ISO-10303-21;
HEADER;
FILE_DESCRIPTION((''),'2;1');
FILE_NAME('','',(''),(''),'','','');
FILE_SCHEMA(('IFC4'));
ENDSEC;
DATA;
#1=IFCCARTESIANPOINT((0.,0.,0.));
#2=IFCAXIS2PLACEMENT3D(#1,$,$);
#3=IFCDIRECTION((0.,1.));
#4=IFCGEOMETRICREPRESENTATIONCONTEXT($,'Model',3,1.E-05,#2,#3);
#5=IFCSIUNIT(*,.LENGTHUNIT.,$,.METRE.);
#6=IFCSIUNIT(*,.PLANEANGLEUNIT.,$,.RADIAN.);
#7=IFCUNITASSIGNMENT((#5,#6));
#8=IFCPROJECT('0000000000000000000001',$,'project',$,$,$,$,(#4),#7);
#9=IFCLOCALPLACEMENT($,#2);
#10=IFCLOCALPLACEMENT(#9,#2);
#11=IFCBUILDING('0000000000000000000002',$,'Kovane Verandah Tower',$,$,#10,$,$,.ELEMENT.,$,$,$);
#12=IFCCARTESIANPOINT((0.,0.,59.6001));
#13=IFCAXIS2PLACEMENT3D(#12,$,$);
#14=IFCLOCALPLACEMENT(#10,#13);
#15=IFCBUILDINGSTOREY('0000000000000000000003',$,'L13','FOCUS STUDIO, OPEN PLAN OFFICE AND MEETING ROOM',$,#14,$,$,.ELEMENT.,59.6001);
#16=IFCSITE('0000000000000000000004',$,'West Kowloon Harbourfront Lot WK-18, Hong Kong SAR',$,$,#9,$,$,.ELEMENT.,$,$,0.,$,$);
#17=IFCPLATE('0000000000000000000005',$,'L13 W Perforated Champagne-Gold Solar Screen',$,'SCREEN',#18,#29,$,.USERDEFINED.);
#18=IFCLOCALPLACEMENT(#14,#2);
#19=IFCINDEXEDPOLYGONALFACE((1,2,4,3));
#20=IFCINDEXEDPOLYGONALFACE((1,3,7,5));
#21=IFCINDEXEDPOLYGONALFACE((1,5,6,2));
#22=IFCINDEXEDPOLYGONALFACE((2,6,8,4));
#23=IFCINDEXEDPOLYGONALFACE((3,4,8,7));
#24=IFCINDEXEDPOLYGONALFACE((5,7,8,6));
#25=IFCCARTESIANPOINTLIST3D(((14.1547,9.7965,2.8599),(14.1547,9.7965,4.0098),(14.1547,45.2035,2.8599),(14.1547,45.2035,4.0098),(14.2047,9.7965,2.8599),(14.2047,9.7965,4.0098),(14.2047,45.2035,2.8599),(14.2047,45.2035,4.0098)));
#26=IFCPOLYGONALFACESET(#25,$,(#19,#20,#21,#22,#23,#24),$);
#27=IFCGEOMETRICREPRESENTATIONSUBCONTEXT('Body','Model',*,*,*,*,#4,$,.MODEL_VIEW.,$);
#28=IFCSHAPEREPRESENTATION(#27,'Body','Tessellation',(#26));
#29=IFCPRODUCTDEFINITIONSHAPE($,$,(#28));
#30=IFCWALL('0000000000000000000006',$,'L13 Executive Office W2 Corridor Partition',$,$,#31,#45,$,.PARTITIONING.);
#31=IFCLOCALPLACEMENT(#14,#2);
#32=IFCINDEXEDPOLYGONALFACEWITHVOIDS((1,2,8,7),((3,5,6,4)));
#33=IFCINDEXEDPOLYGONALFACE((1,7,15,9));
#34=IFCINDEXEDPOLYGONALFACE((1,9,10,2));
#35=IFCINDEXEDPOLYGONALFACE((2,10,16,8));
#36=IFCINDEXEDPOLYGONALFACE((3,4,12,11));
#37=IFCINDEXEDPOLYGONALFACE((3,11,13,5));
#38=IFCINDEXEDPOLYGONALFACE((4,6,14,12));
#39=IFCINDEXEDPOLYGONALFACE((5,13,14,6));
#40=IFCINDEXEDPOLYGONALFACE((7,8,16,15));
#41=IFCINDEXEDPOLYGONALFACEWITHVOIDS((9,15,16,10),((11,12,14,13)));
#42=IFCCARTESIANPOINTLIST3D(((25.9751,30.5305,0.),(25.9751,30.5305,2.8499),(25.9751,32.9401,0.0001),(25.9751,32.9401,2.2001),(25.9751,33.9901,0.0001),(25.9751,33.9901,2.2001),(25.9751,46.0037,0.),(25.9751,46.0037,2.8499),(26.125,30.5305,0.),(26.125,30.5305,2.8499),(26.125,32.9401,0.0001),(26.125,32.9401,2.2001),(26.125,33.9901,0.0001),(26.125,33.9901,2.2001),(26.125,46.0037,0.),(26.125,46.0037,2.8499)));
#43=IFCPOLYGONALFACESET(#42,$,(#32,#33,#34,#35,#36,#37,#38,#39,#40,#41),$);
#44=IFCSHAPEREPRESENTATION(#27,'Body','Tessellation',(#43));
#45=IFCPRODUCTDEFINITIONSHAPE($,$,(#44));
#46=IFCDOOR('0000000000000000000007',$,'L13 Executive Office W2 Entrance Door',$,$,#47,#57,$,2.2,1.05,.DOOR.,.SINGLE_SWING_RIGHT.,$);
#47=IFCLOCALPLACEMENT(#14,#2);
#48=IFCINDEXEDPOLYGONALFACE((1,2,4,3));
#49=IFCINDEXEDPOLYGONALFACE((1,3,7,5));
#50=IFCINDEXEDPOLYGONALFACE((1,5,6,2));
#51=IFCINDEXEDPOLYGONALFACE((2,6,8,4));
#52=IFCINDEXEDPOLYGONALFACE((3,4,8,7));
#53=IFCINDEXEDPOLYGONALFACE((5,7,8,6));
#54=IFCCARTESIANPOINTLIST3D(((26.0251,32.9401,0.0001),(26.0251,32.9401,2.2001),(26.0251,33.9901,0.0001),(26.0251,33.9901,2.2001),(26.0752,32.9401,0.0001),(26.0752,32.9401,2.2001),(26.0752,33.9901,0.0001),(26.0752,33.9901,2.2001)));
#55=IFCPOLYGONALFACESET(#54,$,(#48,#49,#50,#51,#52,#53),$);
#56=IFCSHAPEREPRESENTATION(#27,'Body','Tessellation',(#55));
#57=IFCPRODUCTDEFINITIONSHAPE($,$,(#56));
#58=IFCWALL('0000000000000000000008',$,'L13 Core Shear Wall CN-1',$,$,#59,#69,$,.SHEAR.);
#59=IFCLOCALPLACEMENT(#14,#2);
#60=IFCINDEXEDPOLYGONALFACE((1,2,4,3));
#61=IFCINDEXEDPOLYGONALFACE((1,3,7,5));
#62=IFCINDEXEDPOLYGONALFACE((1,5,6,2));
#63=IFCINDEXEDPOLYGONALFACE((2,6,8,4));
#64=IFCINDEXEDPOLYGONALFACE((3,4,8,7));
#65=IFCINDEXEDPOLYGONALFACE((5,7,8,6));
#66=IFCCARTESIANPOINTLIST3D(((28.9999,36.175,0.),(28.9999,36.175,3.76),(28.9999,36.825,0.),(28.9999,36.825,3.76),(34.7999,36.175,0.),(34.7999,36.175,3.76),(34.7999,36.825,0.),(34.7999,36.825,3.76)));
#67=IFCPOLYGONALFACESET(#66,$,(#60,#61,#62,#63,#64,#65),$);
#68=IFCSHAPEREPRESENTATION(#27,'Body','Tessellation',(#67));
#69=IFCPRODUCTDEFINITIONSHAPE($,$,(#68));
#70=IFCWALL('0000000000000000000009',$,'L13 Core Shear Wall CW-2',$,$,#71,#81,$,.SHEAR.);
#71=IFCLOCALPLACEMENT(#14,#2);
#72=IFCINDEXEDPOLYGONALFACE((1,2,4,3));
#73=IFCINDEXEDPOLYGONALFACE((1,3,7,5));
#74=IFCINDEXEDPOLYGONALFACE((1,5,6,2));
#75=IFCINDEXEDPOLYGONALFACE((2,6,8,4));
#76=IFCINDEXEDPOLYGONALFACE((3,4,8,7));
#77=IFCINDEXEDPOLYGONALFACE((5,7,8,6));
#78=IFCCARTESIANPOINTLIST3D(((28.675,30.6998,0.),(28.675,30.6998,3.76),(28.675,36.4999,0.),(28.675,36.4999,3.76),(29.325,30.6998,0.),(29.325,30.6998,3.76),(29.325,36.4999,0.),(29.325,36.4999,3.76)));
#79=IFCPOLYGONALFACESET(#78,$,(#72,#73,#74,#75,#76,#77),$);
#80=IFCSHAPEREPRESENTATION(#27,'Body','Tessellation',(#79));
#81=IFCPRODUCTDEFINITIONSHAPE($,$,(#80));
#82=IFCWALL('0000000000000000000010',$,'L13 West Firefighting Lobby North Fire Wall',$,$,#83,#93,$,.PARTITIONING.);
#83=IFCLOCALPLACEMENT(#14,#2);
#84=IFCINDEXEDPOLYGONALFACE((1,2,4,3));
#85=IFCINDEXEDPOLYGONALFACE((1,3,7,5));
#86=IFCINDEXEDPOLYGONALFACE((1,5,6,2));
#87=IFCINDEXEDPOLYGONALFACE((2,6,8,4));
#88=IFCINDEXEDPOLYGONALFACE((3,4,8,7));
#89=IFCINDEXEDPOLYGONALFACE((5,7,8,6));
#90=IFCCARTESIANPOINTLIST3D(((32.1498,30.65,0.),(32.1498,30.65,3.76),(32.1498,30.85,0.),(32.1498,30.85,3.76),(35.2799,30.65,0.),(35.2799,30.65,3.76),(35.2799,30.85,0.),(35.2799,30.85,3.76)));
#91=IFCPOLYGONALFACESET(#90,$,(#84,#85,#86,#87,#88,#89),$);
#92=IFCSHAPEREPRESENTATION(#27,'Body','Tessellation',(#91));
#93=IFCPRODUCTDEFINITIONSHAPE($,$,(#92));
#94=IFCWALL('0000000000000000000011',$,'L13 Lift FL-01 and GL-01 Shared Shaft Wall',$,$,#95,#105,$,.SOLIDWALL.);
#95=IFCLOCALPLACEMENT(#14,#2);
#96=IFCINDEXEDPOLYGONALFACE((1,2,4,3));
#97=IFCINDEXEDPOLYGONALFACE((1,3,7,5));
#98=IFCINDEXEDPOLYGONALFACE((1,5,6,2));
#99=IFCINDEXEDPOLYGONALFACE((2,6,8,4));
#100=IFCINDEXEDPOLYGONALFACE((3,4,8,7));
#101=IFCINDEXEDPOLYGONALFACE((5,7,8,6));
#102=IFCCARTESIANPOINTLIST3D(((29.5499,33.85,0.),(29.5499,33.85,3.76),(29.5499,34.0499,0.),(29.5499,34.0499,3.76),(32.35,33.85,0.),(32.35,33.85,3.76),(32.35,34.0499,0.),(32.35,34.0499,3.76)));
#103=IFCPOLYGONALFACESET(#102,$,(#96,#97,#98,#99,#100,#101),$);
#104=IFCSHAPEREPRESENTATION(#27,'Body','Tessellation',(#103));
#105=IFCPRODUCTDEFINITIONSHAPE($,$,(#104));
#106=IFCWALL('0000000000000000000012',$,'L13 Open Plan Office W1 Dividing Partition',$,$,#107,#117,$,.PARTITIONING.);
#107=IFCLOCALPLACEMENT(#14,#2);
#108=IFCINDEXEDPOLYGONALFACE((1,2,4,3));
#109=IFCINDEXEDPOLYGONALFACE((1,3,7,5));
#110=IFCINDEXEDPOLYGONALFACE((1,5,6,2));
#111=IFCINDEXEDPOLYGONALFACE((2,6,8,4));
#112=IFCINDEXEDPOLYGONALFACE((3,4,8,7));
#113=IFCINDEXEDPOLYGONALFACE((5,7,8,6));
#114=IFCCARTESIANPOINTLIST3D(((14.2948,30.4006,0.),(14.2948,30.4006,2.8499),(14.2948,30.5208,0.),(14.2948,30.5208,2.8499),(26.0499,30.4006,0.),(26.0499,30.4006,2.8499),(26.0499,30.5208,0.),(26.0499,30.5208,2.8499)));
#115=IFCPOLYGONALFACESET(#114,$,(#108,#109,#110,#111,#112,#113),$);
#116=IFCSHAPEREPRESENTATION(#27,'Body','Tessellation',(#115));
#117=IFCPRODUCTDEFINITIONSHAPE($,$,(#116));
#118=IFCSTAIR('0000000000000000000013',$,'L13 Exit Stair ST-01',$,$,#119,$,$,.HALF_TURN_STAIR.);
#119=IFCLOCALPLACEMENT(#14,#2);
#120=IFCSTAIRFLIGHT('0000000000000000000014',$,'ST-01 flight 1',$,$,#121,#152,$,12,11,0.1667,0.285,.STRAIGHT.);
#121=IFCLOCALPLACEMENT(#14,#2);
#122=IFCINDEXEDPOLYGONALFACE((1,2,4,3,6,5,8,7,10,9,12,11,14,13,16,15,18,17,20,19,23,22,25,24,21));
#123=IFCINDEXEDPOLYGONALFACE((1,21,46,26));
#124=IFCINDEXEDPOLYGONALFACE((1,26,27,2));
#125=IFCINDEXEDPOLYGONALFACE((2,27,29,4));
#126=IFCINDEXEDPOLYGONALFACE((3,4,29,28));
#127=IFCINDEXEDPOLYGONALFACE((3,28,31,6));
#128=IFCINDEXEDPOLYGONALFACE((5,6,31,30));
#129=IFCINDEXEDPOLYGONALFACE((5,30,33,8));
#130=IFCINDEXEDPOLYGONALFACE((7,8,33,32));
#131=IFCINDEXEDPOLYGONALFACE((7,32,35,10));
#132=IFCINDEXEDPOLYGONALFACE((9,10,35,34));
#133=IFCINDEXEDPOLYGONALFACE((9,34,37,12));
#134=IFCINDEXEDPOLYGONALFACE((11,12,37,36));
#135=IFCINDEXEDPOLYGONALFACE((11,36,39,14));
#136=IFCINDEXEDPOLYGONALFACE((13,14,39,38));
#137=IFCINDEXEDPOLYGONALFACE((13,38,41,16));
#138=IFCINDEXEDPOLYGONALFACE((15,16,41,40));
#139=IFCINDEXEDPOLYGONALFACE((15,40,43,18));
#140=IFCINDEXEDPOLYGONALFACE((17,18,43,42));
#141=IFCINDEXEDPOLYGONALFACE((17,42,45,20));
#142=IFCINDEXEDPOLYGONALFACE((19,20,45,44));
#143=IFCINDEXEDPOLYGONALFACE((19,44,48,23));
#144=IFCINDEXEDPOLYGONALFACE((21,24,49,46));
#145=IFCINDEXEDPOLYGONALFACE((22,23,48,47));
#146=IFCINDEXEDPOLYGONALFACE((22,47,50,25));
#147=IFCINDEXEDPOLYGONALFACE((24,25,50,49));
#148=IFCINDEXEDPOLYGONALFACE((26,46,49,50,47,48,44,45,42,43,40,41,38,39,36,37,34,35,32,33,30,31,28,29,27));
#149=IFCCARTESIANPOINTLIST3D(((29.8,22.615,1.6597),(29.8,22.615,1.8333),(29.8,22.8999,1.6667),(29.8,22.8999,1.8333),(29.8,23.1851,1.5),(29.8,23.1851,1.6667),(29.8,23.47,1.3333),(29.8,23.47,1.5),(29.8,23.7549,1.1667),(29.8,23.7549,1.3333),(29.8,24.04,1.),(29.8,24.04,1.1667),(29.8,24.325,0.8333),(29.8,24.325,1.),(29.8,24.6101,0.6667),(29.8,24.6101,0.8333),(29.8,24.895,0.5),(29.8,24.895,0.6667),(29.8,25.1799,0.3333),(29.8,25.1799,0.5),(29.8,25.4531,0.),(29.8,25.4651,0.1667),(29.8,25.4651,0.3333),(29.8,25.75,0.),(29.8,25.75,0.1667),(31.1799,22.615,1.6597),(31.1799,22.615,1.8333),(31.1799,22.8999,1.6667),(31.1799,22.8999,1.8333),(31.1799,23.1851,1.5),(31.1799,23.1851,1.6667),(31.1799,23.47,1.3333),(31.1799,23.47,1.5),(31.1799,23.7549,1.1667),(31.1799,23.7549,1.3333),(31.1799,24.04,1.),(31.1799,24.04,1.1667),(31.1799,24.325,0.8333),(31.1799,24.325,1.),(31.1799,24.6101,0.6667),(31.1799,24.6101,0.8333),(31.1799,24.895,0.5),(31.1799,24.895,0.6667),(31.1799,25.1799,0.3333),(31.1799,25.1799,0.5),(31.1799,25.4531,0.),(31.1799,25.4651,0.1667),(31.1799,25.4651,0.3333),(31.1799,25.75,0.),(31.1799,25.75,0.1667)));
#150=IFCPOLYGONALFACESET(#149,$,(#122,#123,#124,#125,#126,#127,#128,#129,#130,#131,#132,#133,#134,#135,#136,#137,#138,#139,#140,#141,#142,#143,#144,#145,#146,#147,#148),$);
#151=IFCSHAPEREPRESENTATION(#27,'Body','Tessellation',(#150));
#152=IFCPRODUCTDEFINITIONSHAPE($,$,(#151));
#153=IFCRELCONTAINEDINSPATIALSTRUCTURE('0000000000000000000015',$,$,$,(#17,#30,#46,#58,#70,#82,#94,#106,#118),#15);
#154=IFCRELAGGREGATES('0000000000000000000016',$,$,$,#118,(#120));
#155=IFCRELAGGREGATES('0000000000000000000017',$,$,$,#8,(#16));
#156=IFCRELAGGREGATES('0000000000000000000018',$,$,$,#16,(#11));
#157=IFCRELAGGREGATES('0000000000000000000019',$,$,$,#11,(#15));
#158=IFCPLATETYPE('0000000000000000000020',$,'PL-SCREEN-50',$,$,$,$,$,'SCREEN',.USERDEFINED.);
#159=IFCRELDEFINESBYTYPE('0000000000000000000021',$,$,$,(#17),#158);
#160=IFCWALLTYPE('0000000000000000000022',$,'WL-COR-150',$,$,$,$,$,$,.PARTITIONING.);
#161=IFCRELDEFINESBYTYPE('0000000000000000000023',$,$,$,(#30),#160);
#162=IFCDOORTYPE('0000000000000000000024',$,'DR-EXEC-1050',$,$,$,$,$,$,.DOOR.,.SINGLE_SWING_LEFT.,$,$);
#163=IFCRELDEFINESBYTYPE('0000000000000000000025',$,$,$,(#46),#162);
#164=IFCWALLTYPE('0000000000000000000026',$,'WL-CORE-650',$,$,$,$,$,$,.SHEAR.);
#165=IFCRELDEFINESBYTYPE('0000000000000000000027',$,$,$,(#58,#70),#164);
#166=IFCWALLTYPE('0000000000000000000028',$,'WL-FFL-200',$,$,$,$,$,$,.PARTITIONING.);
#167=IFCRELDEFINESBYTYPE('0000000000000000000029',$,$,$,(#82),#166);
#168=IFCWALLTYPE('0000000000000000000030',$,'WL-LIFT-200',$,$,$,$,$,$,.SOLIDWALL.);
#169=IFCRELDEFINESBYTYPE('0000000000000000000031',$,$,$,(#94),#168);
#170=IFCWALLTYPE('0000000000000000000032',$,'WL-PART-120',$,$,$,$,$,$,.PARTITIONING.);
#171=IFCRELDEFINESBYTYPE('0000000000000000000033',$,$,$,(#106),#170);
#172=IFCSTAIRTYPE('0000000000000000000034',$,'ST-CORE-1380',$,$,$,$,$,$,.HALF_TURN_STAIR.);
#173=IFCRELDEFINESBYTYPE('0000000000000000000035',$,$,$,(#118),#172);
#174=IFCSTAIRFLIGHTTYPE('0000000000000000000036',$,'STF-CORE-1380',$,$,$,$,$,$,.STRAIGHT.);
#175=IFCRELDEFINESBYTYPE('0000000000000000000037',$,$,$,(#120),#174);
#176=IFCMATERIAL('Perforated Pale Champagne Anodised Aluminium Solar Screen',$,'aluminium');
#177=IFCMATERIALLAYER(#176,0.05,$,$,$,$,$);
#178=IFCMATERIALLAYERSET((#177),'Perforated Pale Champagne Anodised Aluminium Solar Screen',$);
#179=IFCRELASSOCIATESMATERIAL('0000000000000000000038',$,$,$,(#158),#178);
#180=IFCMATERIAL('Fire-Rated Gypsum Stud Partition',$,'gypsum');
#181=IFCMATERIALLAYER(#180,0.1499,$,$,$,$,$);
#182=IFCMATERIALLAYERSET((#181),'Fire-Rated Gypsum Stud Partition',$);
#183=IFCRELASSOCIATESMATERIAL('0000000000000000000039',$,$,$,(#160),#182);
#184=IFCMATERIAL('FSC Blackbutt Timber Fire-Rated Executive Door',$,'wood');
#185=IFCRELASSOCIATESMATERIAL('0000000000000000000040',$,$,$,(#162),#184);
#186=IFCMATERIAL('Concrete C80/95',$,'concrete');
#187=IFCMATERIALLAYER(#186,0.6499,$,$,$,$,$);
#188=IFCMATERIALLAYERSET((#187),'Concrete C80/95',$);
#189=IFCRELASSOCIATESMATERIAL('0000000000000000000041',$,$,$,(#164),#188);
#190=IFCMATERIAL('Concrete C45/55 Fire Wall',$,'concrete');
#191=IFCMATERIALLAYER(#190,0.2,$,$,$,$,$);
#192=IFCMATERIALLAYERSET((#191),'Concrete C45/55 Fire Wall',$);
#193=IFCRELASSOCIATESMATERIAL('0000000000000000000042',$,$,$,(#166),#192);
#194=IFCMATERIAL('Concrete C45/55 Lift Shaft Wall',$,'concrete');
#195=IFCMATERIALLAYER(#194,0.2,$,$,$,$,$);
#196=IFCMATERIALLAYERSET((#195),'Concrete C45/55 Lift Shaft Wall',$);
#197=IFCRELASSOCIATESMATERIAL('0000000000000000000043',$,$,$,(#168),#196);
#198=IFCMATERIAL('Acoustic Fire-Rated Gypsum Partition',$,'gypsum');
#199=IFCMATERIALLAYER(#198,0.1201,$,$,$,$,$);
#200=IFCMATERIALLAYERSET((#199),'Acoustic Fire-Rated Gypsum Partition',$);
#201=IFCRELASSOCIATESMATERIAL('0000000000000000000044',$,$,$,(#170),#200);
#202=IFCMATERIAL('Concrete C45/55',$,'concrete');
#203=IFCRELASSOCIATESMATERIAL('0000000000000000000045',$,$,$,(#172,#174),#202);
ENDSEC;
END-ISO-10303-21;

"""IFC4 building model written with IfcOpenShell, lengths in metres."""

from ifc_helpers import new_model, si_unit, direction, frame, frame_2d, origin, origin_2d, place, context, subcontext, project, spatial, polyline, rectangle, outline, extrude, material, layer, layer_set, type_object, element, fill, aggregate, save


model = new_model("IFC4")

# Units and contexts
model_context = context("Model", 3, precision=1e-05, world=origin(), true_north=direction((0.0, 1.0)))
body_context = subcontext(model_context, "Body", "Model", "MODEL_VIEW")
ifc_project = project(units=[si_unit("LENGTHUNIT", "METRE"), si_unit("PLANEANGLEUNIT", "RADIAN")], contexts=[model_context])

# Site, building, storey
site_placement = place(None, origin())
site = spatial("IfcSite", under=ifc_project, at=site_placement, Name="West Kowloon Harbourfront Lot WK-18, Hong Kong SAR", CompositionType="ELEMENT", RefElevation=0.0)
building_placement = place(site_placement, origin())
building = spatial("IfcBuilding", under=site, at=building_placement, Name="Kovane Verandah Tower", CompositionType="ELEMENT")
storey_placement = place(building_placement, frame((0.0, 0.0, 59.6001)))
storey = spatial("IfcBuildingStorey", under=building, at=storey_placement, Name="L13", Description="FOCUS STUDIO, OPEN PLAN OFFICE AND MEETING ROOM", CompositionType="ELEMENT", Elevation=59.6001)

# Shared definitions
ifc_material_1 = material(Name="Concrete C80/95", Category="concrete")

# Plate
ifc_material_2 = material(Name="Perforated Pale Champagne Anodised Aluminium Solar Screen", Category="aluminium")
ifc_layer_1 = layer(ifc_material_2, 0.05)
ifc_layer_set_1 = layer_set([ifc_layer_1], Name="Perforated Pale Champagne Anodised Aluminium Solar Screen")
plate_type = type_object("IfcPlateType", Name="PL-SCREEN-50", ElementType="SCREEN", PredefinedType="USERDEFINED", material=ifc_layer_set_1)
plate_placement = place(storey_placement, frame((14.1797, 27.5, 2.8599), z_axis=(0.0, 0.0, 1.0), x_axis=(0.0, -1.0, 0.0)))
element("IfcPlate", 1, at=plate_placement, inside=storey, type_object=plate_type, Name="L13 W Perforated Champagne-Gold Solar Screen", ObjectType="SCREEN", PredefinedType="USERDEFINED", context=body_context, shape_type="SweptSolid", body=[
    extrude(rectangle(XDim=35.407, YDim=0.05, at=origin_2d()), origin(), (0.0, 0.0, 1.0), 1.1499),
])

# Wall, opening, door
ifc_material_3 = material(Name="Fire-Rated Gypsum Stud Partition", Category="gypsum")
ifc_layer_2 = layer(ifc_material_3, 0.1499)
ifc_layer_set_2 = layer_set([ifc_layer_2], Name="Fire-Rated Gypsum Stud Partition")
wall_type_1 = type_object("IfcWallType", Name="WL-COR-150", PredefinedType="PARTITIONING", material=ifc_layer_set_2)
wall_1_placement = place(storey_placement, frame((26.05, 30.5305, 0.0), z_axis=(0.0, 0.0, 1.0), x_axis=(0.0, 1.0, 0.0)))
wall_1 = element("IfcWall", 2, at=wall_1_placement, inside=storey, type_object=wall_type_1, Name="L13 Executive Office W2 Corridor Partition", PredefinedType="PARTITIONING", context=body_context, shape_type="SweptSolid", body=[
    extrude(rectangle(XDim=15.4731, YDim=0.1499, at=frame_2d((7.7366, 0.0))), origin(), (0.0, 0.0, 1.0), 2.8499),
])
opening_1_placement = place(wall_1_placement, frame((2.4097, 0.0, 0.0)))
opening_1 = element("IfcOpeningElement", 3, at=opening_1_placement, cuts=wall_1, PredefinedType="OPENING", context=body_context, shape_type="SweptSolid", body=[
    extrude(rectangle(XDim=1.05, YDim=2.2, at=frame_2d((0.5249, 1.1001))), frame((0.0, 0.075, 0.0), z_axis=(0.0, -1.0, 0.0), x_axis=(1.0, 0.0, 0.0)), (0.0, 0.0, 1.0), 0.1499),
])
ifc_material_4 = material(Name="FSC Blackbutt Timber Fire-Rated Executive Door", Category="wood")
door_type_1 = type_object("IfcDoorType", Name="DR-EXEC-1050", OperationType="SINGLE_SWING_LEFT", PredefinedType="DOOR", material=ifc_material_4)
door_1_placement = place(opening_1_placement, origin())
door_1 = element("IfcDoor", 4, at=door_1_placement, inside=storey, type_object=door_type_1, Name="L13 Executive Office W2 Entrance Door", OperationType="SINGLE_SWING_RIGHT", OverallHeight=2.2, OverallWidth=1.05, PredefinedType="DOOR", context=body_context, shape_type="SweptSolid", body=[
    extrude(rectangle(XDim=1.05, YDim=2.2, at=frame_2d((0.5249, 1.1001))), frame((0.0, 0.0249, 0.0), z_axis=(0.0, -1.0, 0.0), x_axis=(1.0, 0.0, 0.0)), (0.0, 0.0, 1.0), 0.05),
])
fill(opening_1, door_1)

# Walls
ifc_layer_3 = layer(ifc_material_1, 0.6499)
ifc_layer_set_3 = layer_set([ifc_layer_3], Name="Concrete C80/95")
wall_type_2 = type_object("IfcWallType", Name="WL-CORE-650", PredefinedType="SHEAR", material=ifc_layer_set_3)
for number, where, z_axis, x_axis, name in (
    (5, (29.0, 36.5, 0.0), (0.0, 0.0, 1.0), (1.0, 0.0, 0.0), "L13 Core Shear Wall CN-1"),
    (6, (29.0, 30.7, 0.0), (0.0, 0.0, 1.0), (0.0, 1.0, 0.0), "L13 Core Shear Wall CW-2"),
):
    element("IfcWall", number, at=place(storey_placement, frame(where, z_axis=z_axis, x_axis=x_axis)), inside=storey, type_object=wall_type_2, Name=name, PredefinedType="SHEAR", context=body_context, shape_type="SweptSolid", body=[
        extrude(rectangle(XDim=5.8, YDim=0.6499, at=frame_2d((2.8999, 0.0))), origin(), (0.0, 0.0, 1.0), 3.76),
    ])

# Shared definitions
ifc_material_5 = material(Name="Concrete C45/55 Fire Wall", Category="concrete")
ifc_layer_4 = layer(ifc_material_5, 0.2)
ifc_layer_set_4 = layer_set([ifc_layer_4], Name="Concrete C45/55 Fire Wall")
wall_type_3 = type_object("IfcWallType", Name="WL-FFL-200", PredefinedType="PARTITIONING", material=ifc_layer_set_4)

# Wall
wall_2_placement = place(storey_placement, frame((32.1499, 30.75, 0.0), z_axis=(0.0, 0.0, 1.0), x_axis=(1.0, 0.0, 0.0)))
element("IfcWall", 7, at=wall_2_placement, inside=storey, type_object=wall_type_3, Name="L13 West Firefighting Lobby North Fire Wall", PredefinedType="PARTITIONING", context=body_context, shape_type="SweptSolid", body=[
    extrude(rectangle(XDim=3.1301, YDim=0.2, at=frame_2d((1.5649, 0.0))), origin(), (0.0, 0.0, 1.0), 3.76),
])

# Shared definitions
ifc_material_6 = material(Name="Concrete C45/55 Lift Shaft Wall", Category="concrete")
ifc_layer_5 = layer(ifc_material_6, 0.2)
ifc_layer_set_5 = layer_set([ifc_layer_5], Name="Concrete C45/55 Lift Shaft Wall")
wall_type_4 = type_object("IfcWallType", Name="WL-LIFT-200", PredefinedType="SOLIDWALL", material=ifc_layer_set_5)

# Walls
wall_3_placement = place(storey_placement, frame((29.55, 33.95, 0.0), z_axis=(0.0, 0.0, 1.0), x_axis=(1.0, 0.0, 0.0)))
element("IfcWall", 8, at=wall_3_placement, inside=storey, type_object=wall_type_4, Name="L13 Lift FL-01 and GL-01 Shared Shaft Wall", PredefinedType="SOLIDWALL", context=body_context, shape_type="SweptSolid", body=[
    extrude(rectangle(XDim=2.8, YDim=0.2, at=frame_2d((1.3999, 0.0))), origin(), (0.0, 0.0, 1.0), 3.76),
])
ifc_material_7 = material(Name="Acoustic Fire-Rated Gypsum Partition", Category="gypsum")
ifc_layer_6 = layer(ifc_material_7, 0.1201)
ifc_layer_set_6 = layer_set([ifc_layer_6], Name="Acoustic Fire-Rated Gypsum Partition")
wall_type_5 = type_object("IfcWallType", Name="WL-PART-120", PredefinedType="PARTITIONING", material=ifc_layer_set_6)
wall_4_placement = place(storey_placement, frame((14.2949, 30.4607, 0.0), z_axis=(0.0, 0.0, 1.0), x_axis=(1.0, 0.0, 0.0)))
element("IfcWall", 9, at=wall_4_placement, inside=storey, type_object=wall_type_5, Name="L13 Open Plan Office W1 Dividing Partition", PredefinedType="PARTITIONING", context=body_context, shape_type="SweptSolid", body=[
    extrude(rectangle(XDim=11.7551, YDim=0.1201, at=frame_2d((5.8774, 0.0))), origin(), (0.0, 0.0, 1.0), 2.8499),
])

# Shared definitions
ifc_material_8 = material(Name="Concrete C45/55", Category="concrete")

# Stair, stair flight
stair_type = type_object("IfcStairType", Name="ST-CORE-1380", PredefinedType="HALF_TURN_STAIR", material=ifc_material_8)
stair_placement = place(storey_placement, origin())
stair = element("IfcStair", 10, at=stair_placement, inside=storey, type_object=stair_type, Name="L13 Exit Stair ST-01", PredefinedType="HALF_TURN_STAIR")
stair_flight_type = type_object("IfcStairFlightType", Name="STF-CORE-1380", PredefinedType="STRAIGHT", material=ifc_material_8)
stair_flight_placement = place(storey_placement, frame((30.49, 25.75, 0.0), z_axis=(0.0, 0.0, 1.0), x_axis=(0.0, -1.0, 0.0)))
stair_flight = element("IfcStairFlight", 11, at=stair_flight_placement, type_object=stair_flight_type, Name="ST-01 flight 1", NumberOfRisers=12, NumberOfTreads=11, PredefinedType="STRAIGHT", RiserHeight=0.1667, TreadLength=0.285, context=body_context, shape_type="SweptSolid", body=[
    extrude(outline(polyline([(0.0, 0.0), (0.0, 0.1667), (0.2849, 0.1667), (0.2849, 0.3333), (0.5701, 0.3333), (0.5701, 0.5), (0.855, 0.5), (0.855, 0.6667), (1.1399, 0.6667), (1.1399, 0.8333), (1.425, 0.8333), (1.425, 1.0), (1.71, 1.0), (1.71, 1.1667), (1.9951, 1.1667), (1.9951, 1.3333), (2.28, 1.3333), (2.28, 1.5), (2.5649, 1.5), (2.5649, 1.6667), (2.8501, 1.6667), (2.8501, 1.8333), (3.135, 1.8333), (3.135, 2.0), (3.135, 1.6597), (0.2969, 0.0), (0.0, 0.0)])), frame((0.0, 0.6899, 0.0), z_axis=(0.0, -1.0, 0.0), x_axis=(1.0, 0.0, 0.0)), (0.0, 0.0, 1.0), 1.3799),
])
aggregate(stair, [stair_flight])

save(model, "model.ifc")
